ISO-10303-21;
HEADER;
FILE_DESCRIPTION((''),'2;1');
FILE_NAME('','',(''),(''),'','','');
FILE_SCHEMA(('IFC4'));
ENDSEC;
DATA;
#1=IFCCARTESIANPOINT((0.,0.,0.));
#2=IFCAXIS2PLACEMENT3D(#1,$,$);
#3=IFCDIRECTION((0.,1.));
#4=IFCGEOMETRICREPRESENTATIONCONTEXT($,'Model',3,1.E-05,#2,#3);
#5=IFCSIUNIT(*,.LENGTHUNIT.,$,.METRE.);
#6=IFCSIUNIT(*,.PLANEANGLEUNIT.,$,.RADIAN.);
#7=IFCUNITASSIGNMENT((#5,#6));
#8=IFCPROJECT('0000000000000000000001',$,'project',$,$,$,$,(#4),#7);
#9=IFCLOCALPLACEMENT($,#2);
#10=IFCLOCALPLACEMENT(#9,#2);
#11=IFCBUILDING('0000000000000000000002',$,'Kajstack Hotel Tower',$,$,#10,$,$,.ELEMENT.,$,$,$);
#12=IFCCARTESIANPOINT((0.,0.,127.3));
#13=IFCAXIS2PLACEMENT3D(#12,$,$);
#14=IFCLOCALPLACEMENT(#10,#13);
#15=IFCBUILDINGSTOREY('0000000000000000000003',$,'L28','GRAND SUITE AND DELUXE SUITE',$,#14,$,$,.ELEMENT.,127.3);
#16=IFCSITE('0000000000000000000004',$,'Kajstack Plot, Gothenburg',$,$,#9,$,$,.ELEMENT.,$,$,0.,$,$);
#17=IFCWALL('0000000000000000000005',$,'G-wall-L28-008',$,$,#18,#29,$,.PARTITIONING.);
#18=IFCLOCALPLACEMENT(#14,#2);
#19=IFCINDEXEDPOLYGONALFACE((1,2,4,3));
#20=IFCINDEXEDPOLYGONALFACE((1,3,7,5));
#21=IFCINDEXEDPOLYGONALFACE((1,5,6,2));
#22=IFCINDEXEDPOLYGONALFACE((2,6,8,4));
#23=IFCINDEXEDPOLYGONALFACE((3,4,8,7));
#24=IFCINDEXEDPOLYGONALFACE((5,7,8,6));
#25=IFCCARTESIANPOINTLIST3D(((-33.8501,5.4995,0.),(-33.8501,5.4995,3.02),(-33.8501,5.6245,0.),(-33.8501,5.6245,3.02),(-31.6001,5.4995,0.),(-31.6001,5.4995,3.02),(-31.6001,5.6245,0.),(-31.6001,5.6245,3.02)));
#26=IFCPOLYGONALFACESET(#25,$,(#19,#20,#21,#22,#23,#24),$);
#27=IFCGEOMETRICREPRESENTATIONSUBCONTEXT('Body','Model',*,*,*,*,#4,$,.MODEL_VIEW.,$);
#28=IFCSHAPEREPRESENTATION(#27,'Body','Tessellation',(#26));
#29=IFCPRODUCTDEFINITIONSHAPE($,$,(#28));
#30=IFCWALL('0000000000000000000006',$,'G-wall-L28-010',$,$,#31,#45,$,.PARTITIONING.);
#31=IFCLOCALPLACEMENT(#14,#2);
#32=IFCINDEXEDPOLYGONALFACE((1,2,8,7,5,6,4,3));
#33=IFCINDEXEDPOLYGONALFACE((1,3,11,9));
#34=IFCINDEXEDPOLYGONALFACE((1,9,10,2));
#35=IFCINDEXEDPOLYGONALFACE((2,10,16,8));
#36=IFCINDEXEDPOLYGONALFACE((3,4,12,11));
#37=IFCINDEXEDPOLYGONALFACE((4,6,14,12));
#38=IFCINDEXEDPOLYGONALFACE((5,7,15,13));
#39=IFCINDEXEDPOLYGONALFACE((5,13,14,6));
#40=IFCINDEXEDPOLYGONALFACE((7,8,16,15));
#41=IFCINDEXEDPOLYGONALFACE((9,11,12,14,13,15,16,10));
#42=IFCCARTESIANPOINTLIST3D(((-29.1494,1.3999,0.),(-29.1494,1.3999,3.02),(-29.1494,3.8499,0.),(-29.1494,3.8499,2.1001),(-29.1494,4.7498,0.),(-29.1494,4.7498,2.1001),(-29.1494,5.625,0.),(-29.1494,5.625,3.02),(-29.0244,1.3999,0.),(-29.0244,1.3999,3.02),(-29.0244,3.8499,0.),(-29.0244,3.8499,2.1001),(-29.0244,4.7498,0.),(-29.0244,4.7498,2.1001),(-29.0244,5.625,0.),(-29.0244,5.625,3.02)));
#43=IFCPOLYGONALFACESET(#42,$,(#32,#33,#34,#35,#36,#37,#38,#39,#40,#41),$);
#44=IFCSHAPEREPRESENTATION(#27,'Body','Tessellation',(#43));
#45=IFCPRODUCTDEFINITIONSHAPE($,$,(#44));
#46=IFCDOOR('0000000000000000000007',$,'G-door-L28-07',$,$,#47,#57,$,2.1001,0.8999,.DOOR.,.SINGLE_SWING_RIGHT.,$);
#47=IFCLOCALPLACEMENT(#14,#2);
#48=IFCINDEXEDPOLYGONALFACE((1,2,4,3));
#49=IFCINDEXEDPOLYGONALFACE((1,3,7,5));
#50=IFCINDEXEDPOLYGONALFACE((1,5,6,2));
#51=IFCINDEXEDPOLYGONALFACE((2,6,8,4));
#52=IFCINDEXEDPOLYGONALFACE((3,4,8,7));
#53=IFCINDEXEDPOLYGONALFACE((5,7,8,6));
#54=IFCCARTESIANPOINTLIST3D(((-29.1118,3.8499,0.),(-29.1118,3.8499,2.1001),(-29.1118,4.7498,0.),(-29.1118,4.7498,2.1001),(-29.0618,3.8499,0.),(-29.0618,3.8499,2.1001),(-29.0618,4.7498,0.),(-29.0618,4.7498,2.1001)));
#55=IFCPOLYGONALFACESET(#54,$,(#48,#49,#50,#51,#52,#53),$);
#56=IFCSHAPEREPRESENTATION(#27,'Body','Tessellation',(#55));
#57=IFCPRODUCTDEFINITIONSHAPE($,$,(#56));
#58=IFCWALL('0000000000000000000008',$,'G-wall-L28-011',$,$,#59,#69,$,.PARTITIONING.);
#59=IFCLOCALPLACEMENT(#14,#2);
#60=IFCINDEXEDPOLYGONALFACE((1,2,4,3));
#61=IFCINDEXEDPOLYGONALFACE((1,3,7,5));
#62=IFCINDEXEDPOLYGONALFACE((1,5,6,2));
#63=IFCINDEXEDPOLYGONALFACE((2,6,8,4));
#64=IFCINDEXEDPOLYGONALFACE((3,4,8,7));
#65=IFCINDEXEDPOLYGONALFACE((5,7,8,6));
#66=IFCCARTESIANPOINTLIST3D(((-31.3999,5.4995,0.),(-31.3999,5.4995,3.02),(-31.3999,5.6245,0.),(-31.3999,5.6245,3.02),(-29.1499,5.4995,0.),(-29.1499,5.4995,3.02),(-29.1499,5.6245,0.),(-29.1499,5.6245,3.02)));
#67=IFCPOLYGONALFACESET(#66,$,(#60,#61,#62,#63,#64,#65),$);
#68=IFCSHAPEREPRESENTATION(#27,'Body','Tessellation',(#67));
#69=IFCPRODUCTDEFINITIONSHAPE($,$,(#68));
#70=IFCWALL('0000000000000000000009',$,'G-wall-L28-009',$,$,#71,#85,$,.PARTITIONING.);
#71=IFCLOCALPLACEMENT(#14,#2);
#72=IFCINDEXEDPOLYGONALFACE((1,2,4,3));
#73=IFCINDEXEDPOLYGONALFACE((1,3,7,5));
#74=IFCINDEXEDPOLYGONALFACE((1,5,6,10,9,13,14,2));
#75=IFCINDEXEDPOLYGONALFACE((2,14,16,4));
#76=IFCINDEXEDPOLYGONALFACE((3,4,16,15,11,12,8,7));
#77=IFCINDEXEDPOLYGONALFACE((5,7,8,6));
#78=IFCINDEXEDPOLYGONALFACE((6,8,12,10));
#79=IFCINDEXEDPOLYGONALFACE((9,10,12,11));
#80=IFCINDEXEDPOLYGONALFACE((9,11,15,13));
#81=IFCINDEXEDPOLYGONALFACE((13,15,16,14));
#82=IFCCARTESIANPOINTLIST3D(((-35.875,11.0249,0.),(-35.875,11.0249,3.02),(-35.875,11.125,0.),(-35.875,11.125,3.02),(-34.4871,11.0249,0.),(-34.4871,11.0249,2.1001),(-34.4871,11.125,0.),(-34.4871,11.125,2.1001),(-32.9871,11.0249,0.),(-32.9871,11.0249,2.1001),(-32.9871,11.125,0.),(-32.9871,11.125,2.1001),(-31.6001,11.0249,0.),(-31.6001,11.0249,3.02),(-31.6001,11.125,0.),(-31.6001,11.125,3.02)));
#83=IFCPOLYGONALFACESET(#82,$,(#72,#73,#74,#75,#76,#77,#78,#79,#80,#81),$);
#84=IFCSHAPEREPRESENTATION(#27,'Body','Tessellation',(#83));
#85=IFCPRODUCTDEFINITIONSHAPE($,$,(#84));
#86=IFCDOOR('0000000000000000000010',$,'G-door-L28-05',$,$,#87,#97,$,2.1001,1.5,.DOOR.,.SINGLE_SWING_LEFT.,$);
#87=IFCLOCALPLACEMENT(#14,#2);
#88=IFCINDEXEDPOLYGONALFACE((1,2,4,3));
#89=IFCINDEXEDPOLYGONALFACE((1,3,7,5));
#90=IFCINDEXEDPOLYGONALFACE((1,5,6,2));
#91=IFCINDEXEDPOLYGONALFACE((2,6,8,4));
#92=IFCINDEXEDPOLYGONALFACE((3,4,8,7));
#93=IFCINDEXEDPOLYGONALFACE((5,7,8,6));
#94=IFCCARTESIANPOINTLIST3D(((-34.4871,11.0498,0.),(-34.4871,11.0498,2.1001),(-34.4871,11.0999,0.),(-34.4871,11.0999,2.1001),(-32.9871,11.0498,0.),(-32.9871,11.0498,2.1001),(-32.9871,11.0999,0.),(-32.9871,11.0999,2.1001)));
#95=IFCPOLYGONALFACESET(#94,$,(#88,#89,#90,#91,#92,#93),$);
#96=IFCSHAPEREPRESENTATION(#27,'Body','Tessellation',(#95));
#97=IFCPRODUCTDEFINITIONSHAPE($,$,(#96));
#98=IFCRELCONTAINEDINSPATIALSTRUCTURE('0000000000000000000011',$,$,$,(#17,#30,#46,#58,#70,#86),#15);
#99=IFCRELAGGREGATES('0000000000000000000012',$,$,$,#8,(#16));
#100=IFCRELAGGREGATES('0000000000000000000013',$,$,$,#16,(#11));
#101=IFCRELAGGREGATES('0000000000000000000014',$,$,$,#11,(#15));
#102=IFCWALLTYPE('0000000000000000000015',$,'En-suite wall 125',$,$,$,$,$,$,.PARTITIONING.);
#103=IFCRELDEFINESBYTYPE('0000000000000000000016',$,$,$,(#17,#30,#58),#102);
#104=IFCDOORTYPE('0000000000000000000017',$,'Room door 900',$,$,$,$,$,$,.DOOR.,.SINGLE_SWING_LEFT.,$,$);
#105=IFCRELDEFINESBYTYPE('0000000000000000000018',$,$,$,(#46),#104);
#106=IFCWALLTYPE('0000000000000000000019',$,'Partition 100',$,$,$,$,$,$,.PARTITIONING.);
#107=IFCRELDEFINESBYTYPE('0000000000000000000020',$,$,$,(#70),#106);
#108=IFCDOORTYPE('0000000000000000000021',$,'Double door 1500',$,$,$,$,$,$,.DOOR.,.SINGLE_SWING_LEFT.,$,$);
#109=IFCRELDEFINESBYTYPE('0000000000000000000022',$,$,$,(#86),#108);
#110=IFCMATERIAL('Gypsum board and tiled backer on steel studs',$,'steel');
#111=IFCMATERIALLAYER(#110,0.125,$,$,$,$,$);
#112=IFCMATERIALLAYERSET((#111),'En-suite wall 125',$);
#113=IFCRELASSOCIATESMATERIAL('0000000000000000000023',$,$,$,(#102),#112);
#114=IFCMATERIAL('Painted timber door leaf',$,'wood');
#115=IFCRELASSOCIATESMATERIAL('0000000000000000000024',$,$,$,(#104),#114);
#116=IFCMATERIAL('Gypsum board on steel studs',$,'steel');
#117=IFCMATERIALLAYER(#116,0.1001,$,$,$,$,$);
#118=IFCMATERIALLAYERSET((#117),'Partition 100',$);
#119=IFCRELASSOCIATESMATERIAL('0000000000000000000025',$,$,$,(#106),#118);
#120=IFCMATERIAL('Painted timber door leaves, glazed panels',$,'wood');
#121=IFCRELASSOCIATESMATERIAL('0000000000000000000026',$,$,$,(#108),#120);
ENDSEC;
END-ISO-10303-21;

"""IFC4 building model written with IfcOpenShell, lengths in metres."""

from ifc_helpers import new_model, si_unit, direction, frame, frame_2d, origin, place, context, subcontext, project, spatial, rectangle, extrude, material, layer, layer_set, type_object, element, fill, save


model = new_model("IFC4")

# Units and contexts
model_context = context("Model", 3, precision=1e-05, world=origin(), true_north=direction((0.0, 1.0)))
body_context = subcontext(model_context, "Body", "Model", "MODEL_VIEW")
ifc_project = project(units=[si_unit("LENGTHUNIT", "METRE"), si_unit("PLANEANGLEUNIT", "RADIAN")], contexts=[model_context])

# Site, building, storey
site_placement = place(None, origin())
site = spatial("IfcSite", under=ifc_project, at=site_placement, Name="Kajstack Plot, Gothenburg", CompositionType="ELEMENT", RefElevation=0.0)
building_placement = place(site_placement, origin())
building = spatial("IfcBuilding", under=site, at=building_placement, Name="Kajstack Hotel Tower", CompositionType="ELEMENT")
storey_placement = place(building_placement, frame((0.0, 0.0, 127.3)))
storey = spatial("IfcBuildingStorey", under=building, at=storey_placement, Name="L28", Description="GRAND SUITE AND DELUXE SUITE", CompositionType="ELEMENT", Elevation=127.3)

# Wall
ifc_material_1 = material(Name="Gypsum board and tiled backer on steel studs", Category="steel")
ifc_layer_1 = layer(ifc_material_1, 0.125)
ifc_layer_set_1 = layer_set([ifc_layer_1], Name="En-suite wall 125")
wall_type_1 = type_object("IfcWallType", Name="En-suite wall 125", PredefinedType="PARTITIONING", material=ifc_layer_set_1)
wall_1_placement = place(storey_placement, frame((-33.8501, 5.562, 0.0), z_axis=(0.0, 0.0, 1.0), x_axis=(1.0, 0.0, 0.0)))
element("IfcWall", 1, at=wall_1_placement, inside=storey, type_object=wall_type_1, Name="G-wall-L28-008", PredefinedType="PARTITIONING", context=body_context, shape_type="SweptSolid", body=[
    extrude(rectangle(XDim=2.25, YDim=0.125, at=frame_2d((1.125, 0.0))), origin(), (0.0, 0.0, 1.0), 3.02),
])

# Wall, opening, door
wall_2_placement = place(storey_placement, frame((-29.0869, 1.3999, 0.0), z_axis=(0.0, 0.0, 1.0), x_axis=(0.0, 1.0, 0.0)))
wall_2 = element("IfcWall", 2, at=wall_2_placement, inside=storey, type_object=wall_type_1, Name="G-wall-L28-010", PredefinedType="PARTITIONING", context=body_context, shape_type="SweptSolid", body=[
    extrude(rectangle(XDim=4.2251, YDim=0.125, at=frame_2d((2.1125, 0.0))), origin(), (0.0, 0.0, 1.0), 3.02),
])
opening_1_placement = place(wall_2_placement, frame((2.45, 0.0, 0.0)))
opening_1 = element("IfcOpeningElement", 3, at=opening_1_placement, cuts=wall_2, PredefinedType="OPENING", context=body_context, shape_type="SweptSolid", body=[
    extrude(rectangle(XDim=0.8999, YDim=2.1001, at=frame_2d((0.45, 1.05))), frame((0.0, 0.0725, 0.0), z_axis=(0.0, -1.0, 0.0), x_axis=(1.0, 0.0, 0.0)), (0.0, 0.0, 1.0), 0.145),
])
ifc_material_2 = material(Name="Painted timber door leaf", Category="wood")
door_type_1 = type_object("IfcDoorType", Name="Room door 900", OperationType="SINGLE_SWING_LEFT", PredefinedType="DOOR", material=ifc_material_2)
door_1_placement = place(opening_1_placement, origin())
door_1 = element("IfcDoor", 4, at=door_1_placement, inside=storey, type_object=door_type_1, Name="G-door-L28-07", OperationType="SINGLE_SWING_RIGHT", OverallHeight=2.1001, OverallWidth=0.8999, PredefinedType="DOOR", context=body_context, shape_type="SweptSolid", body=[
    extrude(rectangle(XDim=0.8999, YDim=2.1001, at=frame_2d((0.45, 1.05))), frame((0.0, 0.0249, 0.0), z_axis=(0.0, -1.0, 0.0), x_axis=(1.0, 0.0, 0.0)), (0.0, 0.0, 1.0), 0.05),
])
fill(opening_1, door_1)

# Wall
wall_3_placement = place(storey_placement, frame((-31.3999, 5.562, 0.0), z_axis=(0.0, 0.0, 1.0), x_axis=(1.0, 0.0, 0.0)))
element("IfcWall", 5, at=wall_3_placement, inside=storey, type_object=wall_type_1, Name="G-wall-L28-011", PredefinedType="PARTITIONING", context=body_context, shape_type="SweptSolid", body=[
    extrude(rectangle(XDim=2.25, YDim=0.125, at=frame_2d((1.125, 0.0))), origin(), (0.0, 0.0, 1.0), 3.02),
])

# Wall, opening, door
ifc_material_3 = material(Name="Gypsum board on steel studs", Category="steel")
ifc_layer_2 = layer(ifc_material_3, 0.1001)
ifc_layer_set_2 = layer_set([ifc_layer_2], Name="Partition 100")
wall_type_2 = type_object("IfcWallType", Name="Partition 100", PredefinedType="PARTITIONING", material=ifc_layer_set_2)
wall_4_placement = place(storey_placement, frame((-35.875, 11.075, 0.0), z_axis=(0.0, 0.0, 1.0), x_axis=(1.0, 0.0, 0.0)))
wall_4 = element("IfcWall", 6, at=wall_4_placement, inside=storey, type_object=wall_type_2, Name="G-wall-L28-009", PredefinedType="PARTITIONING", context=body_context, shape_type="SweptSolid", body=[
    extrude(rectangle(XDim=4.2749, YDim=0.1001, at=frame_2d((2.1375, 0.0))), origin(), (0.0, 0.0, 1.0), 3.02),
])
opening_2_placement = place(wall_4_placement, frame((1.3879, 0.0, 0.0)))
opening_2 = element("IfcOpeningElement", 7, at=opening_2_placement, cuts=wall_4, PredefinedType="OPENING", context=body_context, shape_type="SweptSolid", body=[
    extrude(rectangle(XDim=1.5, YDim=2.1001, at=frame_2d((0.75, 1.05))), frame((0.0, 0.0601, 0.0), z_axis=(0.0, -1.0, 0.0), x_axis=(1.0, 0.0, 0.0)), (0.0, 0.0, 1.0), 0.1201),
])
ifc_material_4 = material(Name="Painted timber door leaves, glazed panels", Category="wood")
door_type_2 = type_object("IfcDoorType", Name="Double door 1500", OperationType="SINGLE_SWING_LEFT", PredefinedType="DOOR", material=ifc_material_4)
door_2_placement = place(opening_2_placement, origin())
door_2 = element("IfcDoor", 8, at=door_2_placement, inside=storey, type_object=door_type_2, Name="G-door-L28-05", OperationType="SINGLE_SWING_LEFT", OverallHeight=2.1001, OverallWidth=1.5, PredefinedType="DOOR", context=body_context, shape_type="SweptSolid", body=[
    extrude(rectangle(XDim=1.5, YDim=2.1001, at=frame_2d((0.75, 1.05))), frame((0.0, 0.0249, 0.0), z_axis=(0.0, -1.0, 0.0), x_axis=(1.0, 0.0, 0.0)), (0.0, 0.0, 1.0), 0.05),
])
fill(opening_2, door_2)

save(model, "model.ifc")
